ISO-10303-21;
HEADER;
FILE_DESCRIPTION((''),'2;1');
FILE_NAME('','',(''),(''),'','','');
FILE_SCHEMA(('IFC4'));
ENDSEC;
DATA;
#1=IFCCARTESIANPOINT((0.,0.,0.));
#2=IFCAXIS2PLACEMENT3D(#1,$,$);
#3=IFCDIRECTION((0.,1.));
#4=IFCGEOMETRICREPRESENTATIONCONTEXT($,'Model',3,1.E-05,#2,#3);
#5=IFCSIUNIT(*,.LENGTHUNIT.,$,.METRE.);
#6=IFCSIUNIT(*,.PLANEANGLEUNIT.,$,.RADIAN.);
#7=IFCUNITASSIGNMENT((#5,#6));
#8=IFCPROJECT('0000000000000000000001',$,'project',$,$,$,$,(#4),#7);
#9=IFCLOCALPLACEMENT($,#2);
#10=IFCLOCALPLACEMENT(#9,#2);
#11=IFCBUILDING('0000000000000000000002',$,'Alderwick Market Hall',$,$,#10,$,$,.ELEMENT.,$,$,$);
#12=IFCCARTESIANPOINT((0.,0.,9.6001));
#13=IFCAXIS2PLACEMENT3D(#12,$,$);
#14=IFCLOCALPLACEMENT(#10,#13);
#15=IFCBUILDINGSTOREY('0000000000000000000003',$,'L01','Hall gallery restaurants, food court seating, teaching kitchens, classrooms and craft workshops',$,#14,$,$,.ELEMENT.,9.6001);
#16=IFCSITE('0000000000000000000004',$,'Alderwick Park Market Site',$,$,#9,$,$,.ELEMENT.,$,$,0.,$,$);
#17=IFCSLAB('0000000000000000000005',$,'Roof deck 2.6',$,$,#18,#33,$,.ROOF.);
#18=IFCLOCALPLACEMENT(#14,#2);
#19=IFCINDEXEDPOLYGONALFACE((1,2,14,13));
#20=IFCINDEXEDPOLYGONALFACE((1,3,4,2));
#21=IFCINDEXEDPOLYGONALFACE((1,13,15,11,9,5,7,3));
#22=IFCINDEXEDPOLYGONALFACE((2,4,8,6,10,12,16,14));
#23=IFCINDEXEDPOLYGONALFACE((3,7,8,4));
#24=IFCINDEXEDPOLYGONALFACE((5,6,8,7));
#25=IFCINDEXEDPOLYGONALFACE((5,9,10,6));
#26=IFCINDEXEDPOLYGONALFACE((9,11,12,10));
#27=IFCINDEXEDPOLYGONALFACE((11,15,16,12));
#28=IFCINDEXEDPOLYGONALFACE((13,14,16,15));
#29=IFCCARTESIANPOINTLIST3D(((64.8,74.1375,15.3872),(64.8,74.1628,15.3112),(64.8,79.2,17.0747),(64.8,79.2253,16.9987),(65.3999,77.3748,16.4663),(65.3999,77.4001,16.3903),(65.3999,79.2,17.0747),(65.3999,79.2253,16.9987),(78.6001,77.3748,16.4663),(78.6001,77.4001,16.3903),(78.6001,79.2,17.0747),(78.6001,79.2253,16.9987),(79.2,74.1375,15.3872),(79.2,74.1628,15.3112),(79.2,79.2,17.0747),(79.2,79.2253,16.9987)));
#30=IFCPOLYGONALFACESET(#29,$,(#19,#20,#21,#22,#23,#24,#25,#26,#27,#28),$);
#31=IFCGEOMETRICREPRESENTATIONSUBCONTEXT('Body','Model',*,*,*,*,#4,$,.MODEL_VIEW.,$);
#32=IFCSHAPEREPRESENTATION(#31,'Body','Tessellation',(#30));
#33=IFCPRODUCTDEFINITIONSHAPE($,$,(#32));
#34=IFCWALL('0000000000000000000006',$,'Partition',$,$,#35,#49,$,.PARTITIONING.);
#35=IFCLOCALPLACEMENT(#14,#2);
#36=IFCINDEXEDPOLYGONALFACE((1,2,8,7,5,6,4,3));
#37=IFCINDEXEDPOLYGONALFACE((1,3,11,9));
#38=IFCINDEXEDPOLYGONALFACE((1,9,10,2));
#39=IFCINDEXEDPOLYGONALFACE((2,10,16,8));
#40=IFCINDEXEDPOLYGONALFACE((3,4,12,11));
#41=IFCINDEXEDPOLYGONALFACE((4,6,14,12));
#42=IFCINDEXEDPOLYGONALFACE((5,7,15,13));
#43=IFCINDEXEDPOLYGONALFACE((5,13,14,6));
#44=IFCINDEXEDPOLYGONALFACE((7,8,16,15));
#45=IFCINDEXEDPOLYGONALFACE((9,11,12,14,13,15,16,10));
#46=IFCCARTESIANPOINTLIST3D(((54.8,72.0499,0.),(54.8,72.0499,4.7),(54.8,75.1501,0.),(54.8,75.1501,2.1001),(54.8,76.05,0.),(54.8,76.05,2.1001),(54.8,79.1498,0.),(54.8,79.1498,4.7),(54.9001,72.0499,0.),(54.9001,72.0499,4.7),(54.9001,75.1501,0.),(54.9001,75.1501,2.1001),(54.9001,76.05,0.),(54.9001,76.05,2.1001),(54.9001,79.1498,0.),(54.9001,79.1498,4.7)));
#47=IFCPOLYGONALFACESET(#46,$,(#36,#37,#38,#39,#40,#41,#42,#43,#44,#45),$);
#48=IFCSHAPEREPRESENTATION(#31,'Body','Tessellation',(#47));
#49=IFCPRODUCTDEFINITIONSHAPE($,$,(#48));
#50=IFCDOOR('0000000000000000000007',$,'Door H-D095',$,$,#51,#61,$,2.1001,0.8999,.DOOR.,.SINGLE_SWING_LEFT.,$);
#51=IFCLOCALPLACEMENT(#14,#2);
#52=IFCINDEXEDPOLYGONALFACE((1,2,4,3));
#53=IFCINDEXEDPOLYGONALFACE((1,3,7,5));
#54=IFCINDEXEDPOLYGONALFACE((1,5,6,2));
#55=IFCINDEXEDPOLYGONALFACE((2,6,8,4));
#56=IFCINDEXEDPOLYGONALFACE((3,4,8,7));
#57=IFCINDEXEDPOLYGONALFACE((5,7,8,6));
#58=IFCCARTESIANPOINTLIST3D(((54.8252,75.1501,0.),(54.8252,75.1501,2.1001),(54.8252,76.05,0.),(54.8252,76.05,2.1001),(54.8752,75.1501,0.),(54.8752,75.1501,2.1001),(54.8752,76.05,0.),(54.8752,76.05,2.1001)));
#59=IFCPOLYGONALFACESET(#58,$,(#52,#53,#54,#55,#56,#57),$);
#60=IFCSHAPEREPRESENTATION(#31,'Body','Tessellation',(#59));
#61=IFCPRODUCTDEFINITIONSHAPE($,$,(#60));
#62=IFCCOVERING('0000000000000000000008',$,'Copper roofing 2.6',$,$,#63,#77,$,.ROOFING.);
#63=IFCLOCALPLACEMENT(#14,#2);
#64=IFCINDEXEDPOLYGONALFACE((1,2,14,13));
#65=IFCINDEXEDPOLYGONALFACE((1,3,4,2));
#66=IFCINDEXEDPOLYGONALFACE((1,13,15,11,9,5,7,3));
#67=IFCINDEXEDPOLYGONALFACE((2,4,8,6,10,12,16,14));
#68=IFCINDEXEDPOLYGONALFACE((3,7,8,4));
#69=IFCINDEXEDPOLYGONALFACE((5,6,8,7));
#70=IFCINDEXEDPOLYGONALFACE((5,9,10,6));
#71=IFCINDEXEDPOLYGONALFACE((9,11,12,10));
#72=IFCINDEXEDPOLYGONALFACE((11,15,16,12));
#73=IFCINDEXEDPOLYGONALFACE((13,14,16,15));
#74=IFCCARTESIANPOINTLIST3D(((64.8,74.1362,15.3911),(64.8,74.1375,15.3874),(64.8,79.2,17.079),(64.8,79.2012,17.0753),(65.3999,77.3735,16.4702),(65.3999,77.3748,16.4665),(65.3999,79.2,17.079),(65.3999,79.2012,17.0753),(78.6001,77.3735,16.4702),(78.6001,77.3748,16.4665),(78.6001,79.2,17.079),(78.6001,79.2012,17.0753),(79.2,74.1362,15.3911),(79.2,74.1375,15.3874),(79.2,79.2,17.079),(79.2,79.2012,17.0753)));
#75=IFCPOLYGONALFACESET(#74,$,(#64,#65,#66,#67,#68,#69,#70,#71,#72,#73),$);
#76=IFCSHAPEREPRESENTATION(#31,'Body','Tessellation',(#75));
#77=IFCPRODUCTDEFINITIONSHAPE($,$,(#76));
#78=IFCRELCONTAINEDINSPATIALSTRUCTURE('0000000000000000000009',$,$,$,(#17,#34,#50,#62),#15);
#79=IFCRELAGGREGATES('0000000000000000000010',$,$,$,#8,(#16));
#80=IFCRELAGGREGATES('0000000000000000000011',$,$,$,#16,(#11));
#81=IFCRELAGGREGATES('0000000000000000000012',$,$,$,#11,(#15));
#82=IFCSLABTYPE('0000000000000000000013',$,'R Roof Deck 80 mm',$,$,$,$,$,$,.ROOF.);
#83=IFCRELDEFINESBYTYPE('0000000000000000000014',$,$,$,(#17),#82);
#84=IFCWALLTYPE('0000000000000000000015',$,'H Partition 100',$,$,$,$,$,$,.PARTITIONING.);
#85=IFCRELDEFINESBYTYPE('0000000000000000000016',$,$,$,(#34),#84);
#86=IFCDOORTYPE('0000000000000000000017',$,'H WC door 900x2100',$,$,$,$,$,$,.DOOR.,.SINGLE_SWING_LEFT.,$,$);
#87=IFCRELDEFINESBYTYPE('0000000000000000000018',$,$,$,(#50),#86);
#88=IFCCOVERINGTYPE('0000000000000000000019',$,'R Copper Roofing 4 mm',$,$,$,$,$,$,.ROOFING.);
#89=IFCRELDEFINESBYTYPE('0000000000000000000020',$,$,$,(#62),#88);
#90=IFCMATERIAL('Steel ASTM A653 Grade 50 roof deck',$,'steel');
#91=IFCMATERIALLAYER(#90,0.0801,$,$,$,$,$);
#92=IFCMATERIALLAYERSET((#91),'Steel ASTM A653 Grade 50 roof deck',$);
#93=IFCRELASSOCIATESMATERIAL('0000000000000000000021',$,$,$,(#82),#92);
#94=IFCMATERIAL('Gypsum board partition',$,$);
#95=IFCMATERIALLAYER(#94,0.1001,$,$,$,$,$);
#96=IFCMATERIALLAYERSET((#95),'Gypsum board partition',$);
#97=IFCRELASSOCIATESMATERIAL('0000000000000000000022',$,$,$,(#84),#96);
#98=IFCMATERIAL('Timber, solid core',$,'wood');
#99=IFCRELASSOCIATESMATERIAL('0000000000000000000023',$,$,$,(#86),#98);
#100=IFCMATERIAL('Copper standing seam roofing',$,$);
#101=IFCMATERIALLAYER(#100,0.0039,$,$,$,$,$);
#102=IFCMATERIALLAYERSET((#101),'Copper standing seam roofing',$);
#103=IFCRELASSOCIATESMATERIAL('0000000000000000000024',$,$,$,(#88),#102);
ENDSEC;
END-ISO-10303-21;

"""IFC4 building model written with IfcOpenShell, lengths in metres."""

from ifc_helpers import new_model, si_unit, direction, frame, frame_2d, origin, place, context, subcontext, project, spatial, polyline, rectangle, outline, extrude, material, layer, layer_set, type_object, element, fill, save


model = new_model("IFC4")

# Units and contexts
model_context = context("Model", 3, precision=1e-05, world=origin(), true_north=direction((0.0, 1.0)))
body_context = subcontext(model_context, "Body", "Model", "MODEL_VIEW")
ifc_project = project(units=[si_unit("LENGTHUNIT", "METRE"), si_unit("PLANEANGLEUNIT", "RADIAN")], contexts=[model_context])

# Site, building, storey
site_placement = place(None, origin())
site = spatial("IfcSite", under=ifc_project, at=site_placement, Name="Alderwick Park Market Site", CompositionType="ELEMENT", RefElevation=0.0)
building_placement = place(site_placement, origin())
building = spatial("IfcBuilding", under=site, at=building_placement, Name="Alderwick Market Hall", CompositionType="ELEMENT")
storey_placement = place(building_placement, frame((0.0, 0.0, 9.6001)))
storey = spatial("IfcBuildingStorey", under=building, at=storey_placement, Name="L01", Description="Hall gallery restaurants, food court seating, teaching kitchens, classrooms and craft workshops", CompositionType="ELEMENT", Elevation=9.6001)

# Slab
ifc_material_1 = material(Name="Steel ASTM A653 Grade 50 roof deck", Category="steel")
ifc_layer_1 = layer(ifc_material_1, 0.0801)
ifc_layer_set_1 = layer_set([ifc_layer_1], Name="Steel ASTM A653 Grade 50 roof deck")
slab_type = type_object("IfcSlabType", Name="R Roof Deck 80 mm", PredefinedType="ROOF", material=ifc_layer_set_1)
slab_placement = place(storey_placement, frame((64.8, 74.1375, 15.3872), z_axis=(0.0, -0.316228, 0.948683), x_axis=(1.0, 0.0, 0.0)))
element("IfcSlab", 1, at=slab_placement, inside=storey, type_object=slab_type, Name="Roof deck 2.6", PredefinedType="ROOF", context=body_context, shape_type="SweptSolid", body=[
    extrude(outline(polyline([(0.0, 0.0), (14.3999, 0.0), (14.3999, 5.3363), (13.8, 5.3363), (13.8, 3.4124), (0.5999, 3.4124), (0.5999, 5.3363), (0.0, 5.3363), (0.0, 0.0)])), origin(), (0.0, 0.0, -1.0), 0.0801),
])

# Wall, opening, door
ifc_material_2 = material(Name="Gypsum board partition")
ifc_layer_2 = layer(ifc_material_2, 0.1001)
ifc_layer_set_2 = layer_set([ifc_layer_2], Name="Gypsum board partition")
wall_type = type_object("IfcWallType", Name="H Partition 100", PredefinedType="PARTITIONING", material=ifc_layer_set_2)
wall_placement = place(storey_placement, frame((54.8501, 72.05, 0.0), z_axis=(0.0, 0.0, 1.0), x_axis=(0.0, 1.0, 0.0)))
wall = element("IfcWall", 2, at=wall_placement, inside=storey, type_object=wall_type, Name="Partition", PredefinedType="PARTITIONING", context=body_context, shape_type="SweptSolid", body=[
    extrude(rectangle(XDim=7.0999, YDim=0.1001, at=frame_2d((3.5498, 0.0))), origin(), (0.0, 0.0, 1.0), 4.7),
])
opening_placement = place(wall_placement, frame((3.1001, 0.0, 0.0)))
opening = element("IfcOpeningElement", 3, at=opening_placement, cuts=wall, PredefinedType="OPENING", context=body_context, shape_type="SweptSolid", body=[
    extrude(rectangle(XDim=0.8999, YDim=2.1001, at=frame_2d((0.45, 1.05))), frame((0.0, 0.0601, 0.0), z_axis=(0.0, -1.0, 0.0), x_axis=(1.0, 0.0, 0.0)), (0.0, 0.0, 1.0), 0.1201),
])
ifc_material_3 = material(Name="Timber, solid core", Category="wood")
door_type = type_object("IfcDoorType", Name="H WC door 900x2100", OperationType="SINGLE_SWING_LEFT", PredefinedType="DOOR", material=ifc_material_3)
door_placement = place(opening_placement, origin())
door = element("IfcDoor", 4, at=door_placement, inside=storey, type_object=door_type, Name="Door H-D095", OperationType="SINGLE_SWING_LEFT", OverallHeight=2.1001, OverallWidth=0.8999, PredefinedType="DOOR", context=body_context, shape_type="SweptSolid", body=[
    extrude(rectangle(XDim=0.8999, YDim=2.1001, at=frame_2d((0.45, 1.05))), frame((0.0, 0.0249, 0.0), z_axis=(0.0, -1.0, 0.0), x_axis=(1.0, 0.0, 0.0)), (0.0, 0.0, 1.0), 0.05),
])
fill(opening, door)

# Covering
ifc_material_4 = material(Name="Copper standing seam roofing")
ifc_layer_3 = layer(ifc_material_4, 0.0039)
ifc_layer_set_3 = layer_set([ifc_layer_3], Name="Copper standing seam roofing")
covering_type = type_object("IfcCoveringType", Name="R Copper Roofing 4 mm", PredefinedType="ROOFING", material=ifc_layer_set_3)
covering_placement = place(storey_placement, frame((64.8, 74.1362, 15.3911), z_axis=(0.0, -0.316229, 0.948683), x_axis=(1.0, 0.0, 0.0)))
element("IfcCovering", 5, at=covering_placement, inside=storey, type_object=covering_type, Name="Copper roofing 2.6", PredefinedType="ROOFING", context=body_context, shape_type="SweptSolid", body=[
    extrude(outline(polyline([(0.0, 0.0), (14.3999, 0.0), (14.3999, 5.3377), (13.8, 5.3377), (13.8, 3.4124), (0.5999, 3.4124), (0.5999, 5.3377), (0.0, 5.3377), (0.0, 0.0)])), origin(), (0.0, 0.0, -1.0), 0.0039),
])

save(model, "model.ifc")
